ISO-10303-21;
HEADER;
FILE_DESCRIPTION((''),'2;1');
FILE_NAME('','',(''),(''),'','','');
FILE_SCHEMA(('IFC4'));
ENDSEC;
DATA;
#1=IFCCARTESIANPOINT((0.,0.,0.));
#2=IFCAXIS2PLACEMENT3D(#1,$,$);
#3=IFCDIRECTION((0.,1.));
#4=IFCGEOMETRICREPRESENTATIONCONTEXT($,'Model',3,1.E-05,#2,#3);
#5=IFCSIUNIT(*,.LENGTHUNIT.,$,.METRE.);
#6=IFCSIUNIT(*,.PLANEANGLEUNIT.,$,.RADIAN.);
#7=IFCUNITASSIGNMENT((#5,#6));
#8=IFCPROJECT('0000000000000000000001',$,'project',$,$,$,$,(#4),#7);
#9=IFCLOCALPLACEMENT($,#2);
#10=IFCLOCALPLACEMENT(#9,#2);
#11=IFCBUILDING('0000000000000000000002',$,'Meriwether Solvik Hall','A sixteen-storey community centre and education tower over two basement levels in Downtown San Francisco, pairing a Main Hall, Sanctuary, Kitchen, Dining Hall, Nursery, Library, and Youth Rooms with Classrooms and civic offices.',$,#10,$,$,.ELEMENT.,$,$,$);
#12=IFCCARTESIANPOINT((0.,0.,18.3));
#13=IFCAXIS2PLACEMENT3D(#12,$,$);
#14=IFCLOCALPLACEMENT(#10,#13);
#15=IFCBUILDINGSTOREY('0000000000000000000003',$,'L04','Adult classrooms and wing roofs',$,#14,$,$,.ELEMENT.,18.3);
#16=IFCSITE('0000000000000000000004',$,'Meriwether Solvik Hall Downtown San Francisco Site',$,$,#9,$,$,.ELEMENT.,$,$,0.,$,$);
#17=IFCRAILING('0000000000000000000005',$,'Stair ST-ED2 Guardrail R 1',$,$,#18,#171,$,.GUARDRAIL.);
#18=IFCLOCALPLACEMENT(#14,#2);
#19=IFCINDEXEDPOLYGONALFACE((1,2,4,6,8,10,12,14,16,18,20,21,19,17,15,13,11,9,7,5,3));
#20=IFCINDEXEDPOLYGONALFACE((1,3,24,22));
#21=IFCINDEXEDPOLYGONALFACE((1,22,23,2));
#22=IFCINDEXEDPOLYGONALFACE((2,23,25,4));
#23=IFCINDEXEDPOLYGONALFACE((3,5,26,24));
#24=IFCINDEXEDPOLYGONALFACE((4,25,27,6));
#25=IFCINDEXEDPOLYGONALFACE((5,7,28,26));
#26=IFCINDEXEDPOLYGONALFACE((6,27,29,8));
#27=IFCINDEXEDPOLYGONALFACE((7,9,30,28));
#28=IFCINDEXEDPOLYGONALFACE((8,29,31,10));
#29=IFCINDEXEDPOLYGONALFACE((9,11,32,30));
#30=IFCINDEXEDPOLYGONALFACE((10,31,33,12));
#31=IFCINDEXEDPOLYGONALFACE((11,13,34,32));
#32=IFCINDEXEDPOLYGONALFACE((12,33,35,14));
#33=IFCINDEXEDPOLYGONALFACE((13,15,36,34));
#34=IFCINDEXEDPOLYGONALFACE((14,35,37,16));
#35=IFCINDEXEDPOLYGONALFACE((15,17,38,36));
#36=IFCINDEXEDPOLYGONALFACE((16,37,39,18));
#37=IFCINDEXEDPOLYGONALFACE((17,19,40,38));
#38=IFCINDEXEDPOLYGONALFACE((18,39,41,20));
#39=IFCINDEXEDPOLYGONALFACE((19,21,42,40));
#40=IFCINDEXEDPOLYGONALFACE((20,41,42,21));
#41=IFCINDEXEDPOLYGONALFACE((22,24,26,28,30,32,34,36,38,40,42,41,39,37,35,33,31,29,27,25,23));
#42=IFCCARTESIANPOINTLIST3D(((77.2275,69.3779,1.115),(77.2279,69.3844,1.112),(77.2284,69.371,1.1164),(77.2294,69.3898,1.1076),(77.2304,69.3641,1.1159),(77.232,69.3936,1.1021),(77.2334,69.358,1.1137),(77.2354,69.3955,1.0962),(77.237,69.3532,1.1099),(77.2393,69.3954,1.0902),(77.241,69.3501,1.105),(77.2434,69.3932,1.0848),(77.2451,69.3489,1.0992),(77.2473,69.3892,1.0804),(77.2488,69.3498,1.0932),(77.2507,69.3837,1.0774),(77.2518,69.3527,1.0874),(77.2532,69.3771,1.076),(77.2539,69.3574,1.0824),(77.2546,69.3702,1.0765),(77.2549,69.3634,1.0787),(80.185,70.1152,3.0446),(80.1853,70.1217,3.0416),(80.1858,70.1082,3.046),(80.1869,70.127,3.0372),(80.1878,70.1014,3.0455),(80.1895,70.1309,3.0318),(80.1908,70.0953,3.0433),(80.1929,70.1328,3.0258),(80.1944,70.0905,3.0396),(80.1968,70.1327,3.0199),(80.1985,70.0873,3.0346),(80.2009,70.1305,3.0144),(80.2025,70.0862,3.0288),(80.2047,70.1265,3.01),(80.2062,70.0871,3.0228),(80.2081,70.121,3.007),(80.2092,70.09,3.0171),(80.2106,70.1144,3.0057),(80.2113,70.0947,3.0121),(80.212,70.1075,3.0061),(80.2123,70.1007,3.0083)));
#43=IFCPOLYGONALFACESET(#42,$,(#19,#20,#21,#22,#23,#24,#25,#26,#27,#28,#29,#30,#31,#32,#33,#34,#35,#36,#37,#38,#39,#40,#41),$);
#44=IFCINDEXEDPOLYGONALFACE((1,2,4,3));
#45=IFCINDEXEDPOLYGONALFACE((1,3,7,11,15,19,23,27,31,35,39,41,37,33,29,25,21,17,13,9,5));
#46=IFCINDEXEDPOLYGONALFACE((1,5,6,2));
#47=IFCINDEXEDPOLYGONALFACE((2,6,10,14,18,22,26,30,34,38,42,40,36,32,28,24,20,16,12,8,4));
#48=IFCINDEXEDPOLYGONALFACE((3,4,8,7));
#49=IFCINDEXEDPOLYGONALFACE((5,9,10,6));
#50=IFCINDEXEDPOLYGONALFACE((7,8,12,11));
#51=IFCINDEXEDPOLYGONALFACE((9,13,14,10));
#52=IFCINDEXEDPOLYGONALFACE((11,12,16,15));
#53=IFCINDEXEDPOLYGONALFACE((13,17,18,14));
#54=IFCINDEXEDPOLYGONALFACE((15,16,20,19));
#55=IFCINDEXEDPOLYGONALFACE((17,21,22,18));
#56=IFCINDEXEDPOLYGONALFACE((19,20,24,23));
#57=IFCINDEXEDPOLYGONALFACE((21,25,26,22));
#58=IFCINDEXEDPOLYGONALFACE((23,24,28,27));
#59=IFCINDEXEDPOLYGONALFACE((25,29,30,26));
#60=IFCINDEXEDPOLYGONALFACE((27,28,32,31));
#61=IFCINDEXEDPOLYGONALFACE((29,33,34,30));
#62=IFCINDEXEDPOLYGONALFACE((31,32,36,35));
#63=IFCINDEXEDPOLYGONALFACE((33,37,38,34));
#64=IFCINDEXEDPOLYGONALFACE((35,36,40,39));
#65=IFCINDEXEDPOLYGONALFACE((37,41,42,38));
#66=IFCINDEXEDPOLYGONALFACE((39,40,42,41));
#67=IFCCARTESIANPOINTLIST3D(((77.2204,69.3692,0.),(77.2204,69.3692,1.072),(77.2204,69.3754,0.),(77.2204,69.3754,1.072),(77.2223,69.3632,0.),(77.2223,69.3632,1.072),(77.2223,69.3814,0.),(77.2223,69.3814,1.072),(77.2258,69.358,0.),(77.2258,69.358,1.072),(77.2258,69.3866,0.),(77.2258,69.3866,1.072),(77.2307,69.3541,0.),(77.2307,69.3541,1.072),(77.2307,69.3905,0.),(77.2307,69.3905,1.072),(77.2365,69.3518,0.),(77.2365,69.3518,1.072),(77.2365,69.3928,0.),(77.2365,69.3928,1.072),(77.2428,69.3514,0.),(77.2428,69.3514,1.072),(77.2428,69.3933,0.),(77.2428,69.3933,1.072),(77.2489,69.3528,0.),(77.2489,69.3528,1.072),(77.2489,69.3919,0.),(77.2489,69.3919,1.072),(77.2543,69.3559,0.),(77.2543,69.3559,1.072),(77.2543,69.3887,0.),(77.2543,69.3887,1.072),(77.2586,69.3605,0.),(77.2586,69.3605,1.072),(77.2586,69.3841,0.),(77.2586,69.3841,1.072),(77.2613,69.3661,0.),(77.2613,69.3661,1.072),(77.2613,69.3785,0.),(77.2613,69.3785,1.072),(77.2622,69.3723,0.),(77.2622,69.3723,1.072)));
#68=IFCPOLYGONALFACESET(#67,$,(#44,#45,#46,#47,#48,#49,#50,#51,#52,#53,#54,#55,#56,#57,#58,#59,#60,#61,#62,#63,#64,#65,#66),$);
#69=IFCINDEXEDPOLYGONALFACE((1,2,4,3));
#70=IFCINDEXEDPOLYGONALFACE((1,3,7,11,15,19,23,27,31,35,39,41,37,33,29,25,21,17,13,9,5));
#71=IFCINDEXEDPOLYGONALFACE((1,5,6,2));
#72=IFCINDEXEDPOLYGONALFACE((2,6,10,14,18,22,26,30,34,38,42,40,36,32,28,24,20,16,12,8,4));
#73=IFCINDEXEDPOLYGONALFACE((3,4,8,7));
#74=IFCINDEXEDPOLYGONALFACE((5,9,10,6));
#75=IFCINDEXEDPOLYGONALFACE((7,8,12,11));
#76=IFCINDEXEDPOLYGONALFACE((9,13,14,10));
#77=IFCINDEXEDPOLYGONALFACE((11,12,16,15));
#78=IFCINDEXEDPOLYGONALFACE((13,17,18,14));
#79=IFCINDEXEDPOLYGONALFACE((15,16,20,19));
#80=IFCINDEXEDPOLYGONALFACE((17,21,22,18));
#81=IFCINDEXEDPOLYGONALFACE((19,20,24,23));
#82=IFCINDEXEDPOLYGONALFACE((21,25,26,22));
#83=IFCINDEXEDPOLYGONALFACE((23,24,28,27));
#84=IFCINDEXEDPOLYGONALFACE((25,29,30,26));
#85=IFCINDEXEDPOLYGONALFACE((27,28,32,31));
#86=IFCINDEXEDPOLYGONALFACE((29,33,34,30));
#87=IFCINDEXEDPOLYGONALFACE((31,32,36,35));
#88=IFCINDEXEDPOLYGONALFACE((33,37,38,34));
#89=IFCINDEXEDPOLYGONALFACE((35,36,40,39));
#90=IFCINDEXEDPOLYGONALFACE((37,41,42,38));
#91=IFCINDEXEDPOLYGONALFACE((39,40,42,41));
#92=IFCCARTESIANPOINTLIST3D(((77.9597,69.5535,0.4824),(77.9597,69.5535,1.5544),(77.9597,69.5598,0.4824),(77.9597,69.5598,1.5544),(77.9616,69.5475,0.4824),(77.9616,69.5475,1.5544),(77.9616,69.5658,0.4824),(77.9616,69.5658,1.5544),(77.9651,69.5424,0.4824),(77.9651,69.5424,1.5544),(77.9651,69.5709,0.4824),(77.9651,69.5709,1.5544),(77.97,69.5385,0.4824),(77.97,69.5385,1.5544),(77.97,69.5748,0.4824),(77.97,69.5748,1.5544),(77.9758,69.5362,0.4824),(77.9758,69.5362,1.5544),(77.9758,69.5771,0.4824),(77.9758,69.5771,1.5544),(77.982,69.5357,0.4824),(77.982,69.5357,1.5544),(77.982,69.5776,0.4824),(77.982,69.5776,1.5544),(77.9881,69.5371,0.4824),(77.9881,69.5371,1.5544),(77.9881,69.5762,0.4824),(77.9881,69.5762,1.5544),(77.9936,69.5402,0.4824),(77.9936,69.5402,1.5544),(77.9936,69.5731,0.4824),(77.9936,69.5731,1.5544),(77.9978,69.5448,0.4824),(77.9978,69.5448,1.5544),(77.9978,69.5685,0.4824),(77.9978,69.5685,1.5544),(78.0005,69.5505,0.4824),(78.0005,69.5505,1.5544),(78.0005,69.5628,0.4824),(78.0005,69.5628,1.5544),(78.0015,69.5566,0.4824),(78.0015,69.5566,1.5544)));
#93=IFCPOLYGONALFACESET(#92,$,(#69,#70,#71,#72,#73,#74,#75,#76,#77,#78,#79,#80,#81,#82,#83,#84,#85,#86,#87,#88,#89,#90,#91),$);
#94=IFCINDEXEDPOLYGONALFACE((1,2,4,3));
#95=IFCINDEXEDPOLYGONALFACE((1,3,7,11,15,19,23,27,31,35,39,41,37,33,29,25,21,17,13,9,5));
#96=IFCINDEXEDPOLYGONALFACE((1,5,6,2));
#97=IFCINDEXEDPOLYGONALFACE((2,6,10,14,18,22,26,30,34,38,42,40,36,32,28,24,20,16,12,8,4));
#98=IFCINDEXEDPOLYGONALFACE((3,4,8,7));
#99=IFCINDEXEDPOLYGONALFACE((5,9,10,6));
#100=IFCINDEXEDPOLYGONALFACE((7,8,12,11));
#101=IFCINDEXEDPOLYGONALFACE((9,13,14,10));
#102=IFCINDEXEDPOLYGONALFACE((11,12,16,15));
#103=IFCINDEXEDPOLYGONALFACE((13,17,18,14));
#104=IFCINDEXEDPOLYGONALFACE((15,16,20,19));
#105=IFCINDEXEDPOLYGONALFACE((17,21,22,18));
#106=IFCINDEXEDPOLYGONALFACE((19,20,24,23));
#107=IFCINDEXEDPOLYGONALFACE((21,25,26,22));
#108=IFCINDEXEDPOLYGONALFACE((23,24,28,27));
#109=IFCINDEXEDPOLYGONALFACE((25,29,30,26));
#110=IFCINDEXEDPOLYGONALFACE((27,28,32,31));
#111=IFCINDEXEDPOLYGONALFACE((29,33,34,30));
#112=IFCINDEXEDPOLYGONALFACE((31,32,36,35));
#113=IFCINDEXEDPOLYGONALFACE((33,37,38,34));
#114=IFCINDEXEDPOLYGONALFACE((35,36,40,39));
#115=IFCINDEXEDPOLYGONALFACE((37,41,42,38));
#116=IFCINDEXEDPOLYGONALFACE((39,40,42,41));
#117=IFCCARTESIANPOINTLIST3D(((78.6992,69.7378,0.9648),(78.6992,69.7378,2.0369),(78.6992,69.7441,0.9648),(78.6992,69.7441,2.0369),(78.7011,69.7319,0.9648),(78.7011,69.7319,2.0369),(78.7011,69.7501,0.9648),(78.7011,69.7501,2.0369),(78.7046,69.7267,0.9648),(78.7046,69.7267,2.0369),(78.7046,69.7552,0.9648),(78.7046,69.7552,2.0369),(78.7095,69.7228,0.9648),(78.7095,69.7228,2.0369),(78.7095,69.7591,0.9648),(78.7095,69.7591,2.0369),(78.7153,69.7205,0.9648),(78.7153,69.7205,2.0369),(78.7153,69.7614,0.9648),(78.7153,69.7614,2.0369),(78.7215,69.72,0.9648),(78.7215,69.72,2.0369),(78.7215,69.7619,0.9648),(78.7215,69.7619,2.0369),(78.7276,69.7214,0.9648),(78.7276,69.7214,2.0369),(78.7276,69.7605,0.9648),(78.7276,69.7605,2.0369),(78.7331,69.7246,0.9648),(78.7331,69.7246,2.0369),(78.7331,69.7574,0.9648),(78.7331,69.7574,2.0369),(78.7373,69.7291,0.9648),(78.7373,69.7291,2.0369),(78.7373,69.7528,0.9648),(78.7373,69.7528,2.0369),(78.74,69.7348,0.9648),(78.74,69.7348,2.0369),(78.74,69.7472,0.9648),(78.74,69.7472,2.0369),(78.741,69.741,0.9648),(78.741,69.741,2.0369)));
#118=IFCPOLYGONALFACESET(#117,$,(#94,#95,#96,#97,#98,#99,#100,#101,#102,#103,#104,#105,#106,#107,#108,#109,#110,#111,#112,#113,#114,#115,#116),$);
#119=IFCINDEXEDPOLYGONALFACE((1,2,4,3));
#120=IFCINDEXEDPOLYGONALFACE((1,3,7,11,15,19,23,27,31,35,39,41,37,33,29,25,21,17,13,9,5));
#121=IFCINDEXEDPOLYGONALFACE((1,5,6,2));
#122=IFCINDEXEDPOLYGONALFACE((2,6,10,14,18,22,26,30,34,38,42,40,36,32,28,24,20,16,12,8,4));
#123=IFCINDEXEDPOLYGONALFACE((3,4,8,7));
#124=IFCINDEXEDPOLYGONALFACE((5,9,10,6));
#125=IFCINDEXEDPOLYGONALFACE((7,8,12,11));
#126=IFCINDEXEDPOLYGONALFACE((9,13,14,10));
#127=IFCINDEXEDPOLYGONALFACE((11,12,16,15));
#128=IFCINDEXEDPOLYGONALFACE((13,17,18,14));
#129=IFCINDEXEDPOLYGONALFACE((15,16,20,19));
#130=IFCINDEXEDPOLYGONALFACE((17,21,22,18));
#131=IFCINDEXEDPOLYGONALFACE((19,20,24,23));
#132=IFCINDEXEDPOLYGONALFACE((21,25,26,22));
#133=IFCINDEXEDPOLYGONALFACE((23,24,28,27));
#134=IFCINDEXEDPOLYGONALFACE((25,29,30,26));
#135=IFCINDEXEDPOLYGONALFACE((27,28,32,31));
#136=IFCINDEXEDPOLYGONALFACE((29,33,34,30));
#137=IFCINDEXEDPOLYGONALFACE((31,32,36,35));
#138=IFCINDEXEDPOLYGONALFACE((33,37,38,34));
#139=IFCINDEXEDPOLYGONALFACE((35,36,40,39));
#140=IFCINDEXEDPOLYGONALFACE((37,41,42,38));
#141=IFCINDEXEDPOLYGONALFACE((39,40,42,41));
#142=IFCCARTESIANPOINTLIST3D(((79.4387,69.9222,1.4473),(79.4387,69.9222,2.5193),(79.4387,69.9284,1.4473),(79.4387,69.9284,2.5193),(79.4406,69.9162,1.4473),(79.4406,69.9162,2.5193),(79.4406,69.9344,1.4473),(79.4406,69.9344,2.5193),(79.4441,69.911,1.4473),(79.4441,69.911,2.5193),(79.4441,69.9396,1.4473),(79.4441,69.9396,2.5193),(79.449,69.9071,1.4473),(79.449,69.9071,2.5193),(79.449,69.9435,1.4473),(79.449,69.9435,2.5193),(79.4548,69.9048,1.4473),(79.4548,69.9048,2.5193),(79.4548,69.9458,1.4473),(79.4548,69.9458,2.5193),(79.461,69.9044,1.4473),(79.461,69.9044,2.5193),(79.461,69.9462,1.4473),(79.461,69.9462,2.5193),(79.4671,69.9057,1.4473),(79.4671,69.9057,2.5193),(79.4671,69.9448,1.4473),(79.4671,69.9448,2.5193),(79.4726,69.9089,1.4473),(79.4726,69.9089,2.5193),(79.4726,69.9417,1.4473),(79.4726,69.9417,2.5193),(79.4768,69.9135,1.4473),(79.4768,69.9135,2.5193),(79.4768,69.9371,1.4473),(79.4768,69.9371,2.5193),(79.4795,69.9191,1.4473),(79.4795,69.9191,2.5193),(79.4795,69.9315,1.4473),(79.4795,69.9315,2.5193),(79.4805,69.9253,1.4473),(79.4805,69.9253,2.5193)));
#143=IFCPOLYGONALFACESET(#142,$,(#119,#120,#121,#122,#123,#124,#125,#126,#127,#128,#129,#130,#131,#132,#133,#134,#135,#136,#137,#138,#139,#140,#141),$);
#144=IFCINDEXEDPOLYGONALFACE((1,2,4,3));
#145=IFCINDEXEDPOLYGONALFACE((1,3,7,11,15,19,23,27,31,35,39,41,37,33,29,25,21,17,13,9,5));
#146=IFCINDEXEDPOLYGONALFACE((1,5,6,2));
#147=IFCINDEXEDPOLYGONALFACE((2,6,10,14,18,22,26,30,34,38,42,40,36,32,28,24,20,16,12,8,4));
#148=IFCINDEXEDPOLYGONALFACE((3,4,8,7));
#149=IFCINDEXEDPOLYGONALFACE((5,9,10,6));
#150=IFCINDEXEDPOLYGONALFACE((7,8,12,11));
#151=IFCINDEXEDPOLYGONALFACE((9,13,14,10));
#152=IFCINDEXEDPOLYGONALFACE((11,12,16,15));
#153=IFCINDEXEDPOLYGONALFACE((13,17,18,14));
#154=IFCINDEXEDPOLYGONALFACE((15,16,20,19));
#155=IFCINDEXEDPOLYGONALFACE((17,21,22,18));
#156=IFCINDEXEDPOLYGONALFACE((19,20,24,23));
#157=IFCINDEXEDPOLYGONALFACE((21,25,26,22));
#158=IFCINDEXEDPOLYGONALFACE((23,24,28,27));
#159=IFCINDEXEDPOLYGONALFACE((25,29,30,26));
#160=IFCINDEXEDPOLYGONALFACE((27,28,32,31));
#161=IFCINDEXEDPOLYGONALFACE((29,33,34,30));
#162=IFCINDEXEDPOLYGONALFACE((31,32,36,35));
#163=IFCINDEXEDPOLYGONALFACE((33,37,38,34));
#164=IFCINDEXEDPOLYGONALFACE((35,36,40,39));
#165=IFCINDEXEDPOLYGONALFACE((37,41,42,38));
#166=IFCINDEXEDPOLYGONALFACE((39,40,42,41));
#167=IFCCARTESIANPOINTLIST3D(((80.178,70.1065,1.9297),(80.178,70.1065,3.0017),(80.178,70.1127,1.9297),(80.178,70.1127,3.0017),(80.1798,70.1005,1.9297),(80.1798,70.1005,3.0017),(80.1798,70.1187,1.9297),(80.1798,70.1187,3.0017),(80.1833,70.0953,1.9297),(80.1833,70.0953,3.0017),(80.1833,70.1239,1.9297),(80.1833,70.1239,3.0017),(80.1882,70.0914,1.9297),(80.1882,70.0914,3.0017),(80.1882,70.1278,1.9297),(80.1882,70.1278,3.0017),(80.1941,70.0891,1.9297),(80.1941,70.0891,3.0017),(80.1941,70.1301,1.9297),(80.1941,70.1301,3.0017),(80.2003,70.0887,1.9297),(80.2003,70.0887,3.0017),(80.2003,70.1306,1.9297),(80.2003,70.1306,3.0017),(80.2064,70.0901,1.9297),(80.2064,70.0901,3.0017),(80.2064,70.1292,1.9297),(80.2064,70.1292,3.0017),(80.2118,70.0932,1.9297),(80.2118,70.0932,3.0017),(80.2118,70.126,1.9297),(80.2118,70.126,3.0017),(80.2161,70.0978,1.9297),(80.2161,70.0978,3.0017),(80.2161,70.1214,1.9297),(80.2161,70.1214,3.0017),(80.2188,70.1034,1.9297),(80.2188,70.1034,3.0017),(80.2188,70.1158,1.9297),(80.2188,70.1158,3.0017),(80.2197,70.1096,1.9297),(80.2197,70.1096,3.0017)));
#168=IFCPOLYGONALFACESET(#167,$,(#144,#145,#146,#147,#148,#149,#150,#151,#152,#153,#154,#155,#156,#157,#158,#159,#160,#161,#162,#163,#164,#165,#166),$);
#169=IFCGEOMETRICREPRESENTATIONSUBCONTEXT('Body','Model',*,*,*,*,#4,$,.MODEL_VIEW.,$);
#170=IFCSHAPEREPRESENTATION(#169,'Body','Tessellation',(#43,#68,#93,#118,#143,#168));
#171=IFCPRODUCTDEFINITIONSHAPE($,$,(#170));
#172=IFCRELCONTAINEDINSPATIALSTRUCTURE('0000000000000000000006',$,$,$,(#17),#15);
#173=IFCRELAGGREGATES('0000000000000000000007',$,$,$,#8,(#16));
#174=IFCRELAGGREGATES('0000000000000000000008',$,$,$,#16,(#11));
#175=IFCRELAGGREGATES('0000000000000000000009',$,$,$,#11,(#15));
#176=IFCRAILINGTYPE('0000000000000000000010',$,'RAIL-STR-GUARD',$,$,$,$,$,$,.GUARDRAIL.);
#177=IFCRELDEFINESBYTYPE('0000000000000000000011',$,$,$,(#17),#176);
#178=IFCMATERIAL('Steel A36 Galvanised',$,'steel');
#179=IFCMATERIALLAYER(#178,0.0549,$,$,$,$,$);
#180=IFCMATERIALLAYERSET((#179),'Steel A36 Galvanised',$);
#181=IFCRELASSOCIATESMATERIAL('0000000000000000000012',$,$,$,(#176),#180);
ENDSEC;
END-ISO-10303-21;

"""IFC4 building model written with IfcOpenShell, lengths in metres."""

from ifc_helpers import new_model, si_unit, direction, frame, origin, origin_2d, place, context, subcontext, project, spatial, circle, extrude, material, layer, layer_set, type_object, element, save


model = new_model("IFC4")

# Units and contexts
model_context = context("Model", 3, precision=1e-05, world=origin(), true_north=direction((0.0, 1.0)))
body_context = subcontext(model_context, "Body", "Model", "MODEL_VIEW")
ifc_project = project(units=[si_unit("LENGTHUNIT", "METRE"), si_unit("PLANEANGLEUNIT", "RADIAN")], contexts=[model_context])

# Site, building, storey
site_placement = place(None, origin())
site = spatial("IfcSite", under=ifc_project, at=site_placement, Name="Meriwether Solvik Hall Downtown San Francisco Site", CompositionType="ELEMENT", RefElevation=0.0)
building_placement = place(site_placement, origin())
building = spatial("IfcBuilding", under=site, at=building_placement, Name="Meriwether Solvik Hall", Description="A sixteen-storey community centre and education tower over two basement levels in Downtown San Francisco, pairing a Main Hall, Sanctuary, Kitchen, Dining Hall, Nursery, Library, and Youth Rooms with Classrooms and civic offices.", CompositionType="ELEMENT")
storey_placement = place(building_placement, frame((0.0, 0.0, 18.3)))
storey = spatial("IfcBuildingStorey", under=building, at=storey_placement, Name="L04", Description="Adult classrooms and wing roofs", CompositionType="ELEMENT", Elevation=18.3)

# Railing
ifc_material_1 = material(Name="Steel A36 Galvanised", Category="steel")
ifc_layer_1 = layer(ifc_material_1, 0.0549)
ifc_layer_set_1 = layer_set([ifc_layer_1], Name="Steel A36 Galvanised")
railing_type_1 = type_object("IfcRailingType", Name="RAIL-STR-GUARD", PredefinedType="GUARDRAIL", material=ifc_layer_set_1)
railing_1_placement = place(storey_placement, frame((77.2412, 69.3723, 0.0)))
element("IfcRailing", 1, at=railing_1_placement, inside=storey, type_object=railing_type_1, Name="Stair ST-ED2 Guardrail R 1", PredefinedType="GUARDRAIL", context=body_context, shape_type="SweptSolid", body=[
    extrude(circle(Radius=0.0239, at=origin_2d()), frame((0.0, 0.0, 1.0962), z_axis=(0.81982, 0.20438, 0.534906), x_axis=(-0.241895, 0.970302, 0.0)), (0.0, 0.0, 1.0), 3.6074),
    extrude(circle(Radius=0.021, at=origin_2d()), origin(), (0.0, 0.0, 1.0), 1.072),
    extrude(circle(Radius=0.021, at=origin_2d()), frame((0.7393, 0.1843, 0.4824)), (0.0, 0.0, 1.0), 1.072),
    extrude(circle(Radius=0.021, at=origin_2d()), frame((1.4788, 0.3687, 0.9648)), (0.0, 0.0, 1.0), 1.072),
    extrude(circle(Radius=0.021, at=origin_2d()), frame((2.2183, 0.553, 1.4473)), (0.0, 0.0, 1.0), 1.072),
    extrude(circle(Radius=0.021, at=origin_2d()), frame((2.9575, 0.7373, 1.9297)), (0.0, 0.0, 1.0), 1.072),
])

save(model, "model.ifc")
